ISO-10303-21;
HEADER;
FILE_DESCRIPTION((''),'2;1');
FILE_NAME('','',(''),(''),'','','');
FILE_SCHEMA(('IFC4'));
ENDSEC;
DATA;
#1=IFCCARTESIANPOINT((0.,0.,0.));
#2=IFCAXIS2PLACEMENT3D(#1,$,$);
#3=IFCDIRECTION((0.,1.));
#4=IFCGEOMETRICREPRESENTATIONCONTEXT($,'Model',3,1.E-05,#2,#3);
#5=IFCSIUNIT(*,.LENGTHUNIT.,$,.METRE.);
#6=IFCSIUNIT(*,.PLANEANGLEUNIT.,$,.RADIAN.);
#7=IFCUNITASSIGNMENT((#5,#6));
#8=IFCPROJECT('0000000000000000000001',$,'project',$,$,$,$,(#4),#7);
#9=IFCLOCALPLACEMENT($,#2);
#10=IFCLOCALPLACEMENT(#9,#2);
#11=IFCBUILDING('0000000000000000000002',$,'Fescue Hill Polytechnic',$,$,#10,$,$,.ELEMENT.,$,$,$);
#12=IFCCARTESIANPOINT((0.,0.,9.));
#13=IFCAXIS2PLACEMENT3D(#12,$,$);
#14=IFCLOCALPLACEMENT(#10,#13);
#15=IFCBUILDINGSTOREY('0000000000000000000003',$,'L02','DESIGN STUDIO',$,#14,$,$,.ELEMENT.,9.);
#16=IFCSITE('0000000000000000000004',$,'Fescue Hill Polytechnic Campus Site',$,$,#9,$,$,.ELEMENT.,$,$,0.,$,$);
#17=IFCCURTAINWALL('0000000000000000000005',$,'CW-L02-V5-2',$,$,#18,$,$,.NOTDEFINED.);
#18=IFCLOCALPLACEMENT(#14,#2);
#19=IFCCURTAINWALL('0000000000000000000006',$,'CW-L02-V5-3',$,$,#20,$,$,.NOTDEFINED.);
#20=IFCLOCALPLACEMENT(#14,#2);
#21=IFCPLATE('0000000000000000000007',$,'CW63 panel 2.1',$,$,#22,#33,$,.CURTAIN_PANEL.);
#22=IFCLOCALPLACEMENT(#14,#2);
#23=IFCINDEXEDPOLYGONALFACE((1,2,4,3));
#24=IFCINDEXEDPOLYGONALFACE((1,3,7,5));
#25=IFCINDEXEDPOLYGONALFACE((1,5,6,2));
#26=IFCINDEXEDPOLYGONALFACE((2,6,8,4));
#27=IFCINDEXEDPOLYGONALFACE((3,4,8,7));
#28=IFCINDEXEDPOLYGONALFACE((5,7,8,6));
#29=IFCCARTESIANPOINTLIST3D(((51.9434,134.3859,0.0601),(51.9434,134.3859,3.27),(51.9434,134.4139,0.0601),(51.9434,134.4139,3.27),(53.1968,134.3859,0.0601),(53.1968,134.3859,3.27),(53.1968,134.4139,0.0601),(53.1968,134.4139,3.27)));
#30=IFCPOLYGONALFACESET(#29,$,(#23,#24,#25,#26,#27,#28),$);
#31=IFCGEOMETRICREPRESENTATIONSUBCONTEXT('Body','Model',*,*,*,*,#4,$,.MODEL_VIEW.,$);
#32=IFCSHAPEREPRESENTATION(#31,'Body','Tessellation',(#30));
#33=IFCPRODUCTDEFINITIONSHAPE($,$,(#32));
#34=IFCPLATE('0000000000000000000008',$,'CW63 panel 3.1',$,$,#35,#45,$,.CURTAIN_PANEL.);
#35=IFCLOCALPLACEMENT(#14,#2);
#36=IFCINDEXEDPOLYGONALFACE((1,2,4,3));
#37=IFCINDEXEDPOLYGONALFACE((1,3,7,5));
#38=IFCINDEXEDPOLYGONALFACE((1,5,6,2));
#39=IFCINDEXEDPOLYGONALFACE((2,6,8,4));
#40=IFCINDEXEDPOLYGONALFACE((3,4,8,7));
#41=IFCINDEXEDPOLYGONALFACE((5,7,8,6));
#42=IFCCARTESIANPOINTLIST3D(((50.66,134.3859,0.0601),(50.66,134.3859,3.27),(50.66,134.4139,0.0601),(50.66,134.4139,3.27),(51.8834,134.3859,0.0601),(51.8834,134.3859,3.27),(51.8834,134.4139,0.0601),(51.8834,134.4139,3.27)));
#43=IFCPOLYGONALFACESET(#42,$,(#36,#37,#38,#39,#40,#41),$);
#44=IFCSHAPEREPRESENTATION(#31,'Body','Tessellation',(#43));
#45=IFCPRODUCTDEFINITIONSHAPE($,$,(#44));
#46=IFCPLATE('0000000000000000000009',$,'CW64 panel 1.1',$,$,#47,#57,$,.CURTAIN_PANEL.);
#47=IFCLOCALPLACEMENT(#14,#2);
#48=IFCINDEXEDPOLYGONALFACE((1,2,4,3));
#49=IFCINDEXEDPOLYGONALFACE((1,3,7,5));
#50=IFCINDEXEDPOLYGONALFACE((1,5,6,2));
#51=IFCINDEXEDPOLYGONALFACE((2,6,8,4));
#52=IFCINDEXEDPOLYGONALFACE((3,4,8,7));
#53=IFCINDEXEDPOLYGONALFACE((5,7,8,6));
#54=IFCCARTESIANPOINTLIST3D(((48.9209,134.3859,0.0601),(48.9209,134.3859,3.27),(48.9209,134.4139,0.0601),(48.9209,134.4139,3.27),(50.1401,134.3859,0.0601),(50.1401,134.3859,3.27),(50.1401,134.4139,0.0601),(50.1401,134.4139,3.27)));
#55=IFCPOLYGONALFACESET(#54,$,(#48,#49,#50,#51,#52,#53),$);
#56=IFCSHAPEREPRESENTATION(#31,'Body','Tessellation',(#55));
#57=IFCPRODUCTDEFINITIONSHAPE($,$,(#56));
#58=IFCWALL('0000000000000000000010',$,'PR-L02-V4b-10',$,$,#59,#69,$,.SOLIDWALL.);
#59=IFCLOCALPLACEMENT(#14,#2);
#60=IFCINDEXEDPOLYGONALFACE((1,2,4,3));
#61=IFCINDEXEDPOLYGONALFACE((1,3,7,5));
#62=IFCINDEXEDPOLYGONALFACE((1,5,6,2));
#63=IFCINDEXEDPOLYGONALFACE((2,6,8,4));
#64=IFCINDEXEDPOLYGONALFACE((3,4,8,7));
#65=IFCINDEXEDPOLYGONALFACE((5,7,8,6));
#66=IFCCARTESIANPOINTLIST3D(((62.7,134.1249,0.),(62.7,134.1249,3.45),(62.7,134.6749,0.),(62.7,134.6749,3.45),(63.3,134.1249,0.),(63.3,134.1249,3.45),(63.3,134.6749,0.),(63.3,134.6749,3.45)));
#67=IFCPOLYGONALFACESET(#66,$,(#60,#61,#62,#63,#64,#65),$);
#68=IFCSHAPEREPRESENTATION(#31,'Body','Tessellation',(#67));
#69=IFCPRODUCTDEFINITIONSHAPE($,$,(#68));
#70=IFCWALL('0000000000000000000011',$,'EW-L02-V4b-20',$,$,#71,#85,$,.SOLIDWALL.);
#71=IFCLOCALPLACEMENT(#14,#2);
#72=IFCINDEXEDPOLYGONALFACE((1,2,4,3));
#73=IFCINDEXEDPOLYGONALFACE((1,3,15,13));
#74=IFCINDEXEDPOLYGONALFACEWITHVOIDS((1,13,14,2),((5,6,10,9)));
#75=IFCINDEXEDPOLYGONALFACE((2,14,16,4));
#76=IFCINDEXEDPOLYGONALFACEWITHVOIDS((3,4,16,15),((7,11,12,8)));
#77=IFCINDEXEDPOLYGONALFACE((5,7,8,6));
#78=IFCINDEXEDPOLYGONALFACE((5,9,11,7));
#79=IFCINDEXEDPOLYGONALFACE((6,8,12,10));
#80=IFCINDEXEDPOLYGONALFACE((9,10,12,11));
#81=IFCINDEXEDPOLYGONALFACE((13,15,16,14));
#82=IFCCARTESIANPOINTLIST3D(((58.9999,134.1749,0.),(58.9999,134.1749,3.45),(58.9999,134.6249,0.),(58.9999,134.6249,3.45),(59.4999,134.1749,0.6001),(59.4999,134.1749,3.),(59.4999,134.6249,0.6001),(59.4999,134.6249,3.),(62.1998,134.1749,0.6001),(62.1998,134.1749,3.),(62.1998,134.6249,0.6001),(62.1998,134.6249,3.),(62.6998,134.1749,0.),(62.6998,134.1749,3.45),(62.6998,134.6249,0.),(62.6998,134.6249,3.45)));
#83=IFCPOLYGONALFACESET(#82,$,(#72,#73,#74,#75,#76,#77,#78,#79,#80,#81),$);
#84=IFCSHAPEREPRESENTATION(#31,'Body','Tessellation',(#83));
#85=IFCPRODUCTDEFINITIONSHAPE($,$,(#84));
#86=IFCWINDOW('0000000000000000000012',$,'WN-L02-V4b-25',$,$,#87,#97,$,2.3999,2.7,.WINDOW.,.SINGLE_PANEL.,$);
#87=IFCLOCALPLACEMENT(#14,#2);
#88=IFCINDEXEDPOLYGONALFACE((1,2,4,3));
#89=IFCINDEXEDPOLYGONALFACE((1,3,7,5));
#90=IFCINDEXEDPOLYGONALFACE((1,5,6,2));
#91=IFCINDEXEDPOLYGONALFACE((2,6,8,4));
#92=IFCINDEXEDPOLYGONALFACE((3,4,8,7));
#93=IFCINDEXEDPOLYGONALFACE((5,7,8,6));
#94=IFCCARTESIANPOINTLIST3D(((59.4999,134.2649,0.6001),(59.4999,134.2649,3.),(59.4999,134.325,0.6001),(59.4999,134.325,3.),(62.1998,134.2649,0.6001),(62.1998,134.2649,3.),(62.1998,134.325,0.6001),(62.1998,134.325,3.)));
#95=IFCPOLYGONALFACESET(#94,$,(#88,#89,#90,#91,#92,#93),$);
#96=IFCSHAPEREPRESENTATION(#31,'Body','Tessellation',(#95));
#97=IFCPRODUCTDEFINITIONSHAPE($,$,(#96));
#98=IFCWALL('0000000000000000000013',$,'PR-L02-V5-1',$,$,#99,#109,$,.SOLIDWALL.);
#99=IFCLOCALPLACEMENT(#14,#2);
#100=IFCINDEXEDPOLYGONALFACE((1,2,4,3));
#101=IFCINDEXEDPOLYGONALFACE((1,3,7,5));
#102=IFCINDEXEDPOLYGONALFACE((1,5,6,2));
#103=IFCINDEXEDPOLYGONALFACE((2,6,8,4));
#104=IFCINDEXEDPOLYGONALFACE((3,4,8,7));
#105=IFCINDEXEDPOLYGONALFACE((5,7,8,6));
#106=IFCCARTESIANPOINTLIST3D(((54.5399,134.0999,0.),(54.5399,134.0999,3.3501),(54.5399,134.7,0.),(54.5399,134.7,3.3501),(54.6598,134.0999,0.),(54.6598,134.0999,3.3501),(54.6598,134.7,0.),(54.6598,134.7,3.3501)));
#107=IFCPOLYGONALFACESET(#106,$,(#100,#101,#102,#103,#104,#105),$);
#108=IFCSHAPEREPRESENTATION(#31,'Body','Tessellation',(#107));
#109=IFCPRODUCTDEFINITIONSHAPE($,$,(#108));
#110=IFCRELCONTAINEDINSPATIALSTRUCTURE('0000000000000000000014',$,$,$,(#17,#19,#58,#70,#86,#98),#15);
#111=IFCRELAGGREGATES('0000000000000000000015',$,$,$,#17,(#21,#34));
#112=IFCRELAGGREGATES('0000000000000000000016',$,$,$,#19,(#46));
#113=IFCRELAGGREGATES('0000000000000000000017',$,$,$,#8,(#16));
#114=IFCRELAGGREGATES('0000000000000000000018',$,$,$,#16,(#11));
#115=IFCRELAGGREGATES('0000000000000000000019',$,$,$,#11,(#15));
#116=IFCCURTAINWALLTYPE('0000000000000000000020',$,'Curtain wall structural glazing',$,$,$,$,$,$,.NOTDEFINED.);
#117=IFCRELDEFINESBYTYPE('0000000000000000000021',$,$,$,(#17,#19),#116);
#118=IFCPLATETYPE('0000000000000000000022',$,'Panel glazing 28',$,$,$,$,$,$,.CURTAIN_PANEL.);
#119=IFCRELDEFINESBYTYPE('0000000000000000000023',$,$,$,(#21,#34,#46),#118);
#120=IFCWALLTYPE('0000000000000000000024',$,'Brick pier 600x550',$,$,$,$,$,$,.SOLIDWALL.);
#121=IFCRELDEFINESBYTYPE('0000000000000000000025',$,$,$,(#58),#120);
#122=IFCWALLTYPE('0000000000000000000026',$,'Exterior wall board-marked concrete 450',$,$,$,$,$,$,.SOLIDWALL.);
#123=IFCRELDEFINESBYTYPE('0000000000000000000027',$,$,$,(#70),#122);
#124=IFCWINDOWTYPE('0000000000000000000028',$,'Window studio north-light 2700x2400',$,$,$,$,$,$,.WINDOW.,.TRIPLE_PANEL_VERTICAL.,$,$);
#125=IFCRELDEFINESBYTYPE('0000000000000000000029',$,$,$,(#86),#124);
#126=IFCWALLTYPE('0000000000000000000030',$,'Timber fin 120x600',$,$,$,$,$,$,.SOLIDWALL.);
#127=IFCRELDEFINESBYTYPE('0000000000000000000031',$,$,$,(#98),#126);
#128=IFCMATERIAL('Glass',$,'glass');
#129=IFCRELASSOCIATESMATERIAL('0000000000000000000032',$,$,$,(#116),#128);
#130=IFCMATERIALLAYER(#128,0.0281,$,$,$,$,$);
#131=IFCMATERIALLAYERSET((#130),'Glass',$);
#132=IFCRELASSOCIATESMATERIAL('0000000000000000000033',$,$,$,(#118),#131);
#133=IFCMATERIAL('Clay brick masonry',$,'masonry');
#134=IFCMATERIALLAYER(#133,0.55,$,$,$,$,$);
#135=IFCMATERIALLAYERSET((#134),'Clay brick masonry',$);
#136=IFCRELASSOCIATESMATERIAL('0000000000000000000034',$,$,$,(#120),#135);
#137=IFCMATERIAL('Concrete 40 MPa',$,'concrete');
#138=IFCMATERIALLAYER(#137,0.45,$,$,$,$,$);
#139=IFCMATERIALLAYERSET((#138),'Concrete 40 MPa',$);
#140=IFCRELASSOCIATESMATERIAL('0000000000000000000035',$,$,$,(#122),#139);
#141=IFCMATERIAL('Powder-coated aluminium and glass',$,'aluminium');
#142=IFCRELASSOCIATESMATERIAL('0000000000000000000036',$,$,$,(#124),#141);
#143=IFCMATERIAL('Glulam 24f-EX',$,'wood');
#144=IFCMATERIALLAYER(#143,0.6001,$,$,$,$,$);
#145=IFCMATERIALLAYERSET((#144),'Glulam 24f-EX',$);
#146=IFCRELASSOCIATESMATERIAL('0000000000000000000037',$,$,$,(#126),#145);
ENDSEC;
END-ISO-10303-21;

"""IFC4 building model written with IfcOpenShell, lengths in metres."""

from ifc_helpers import new_model, si_unit, direction, frame, frame_2d, origin, origin_2d, place, context, subcontext, project, spatial, rectangle, extrude, material, layer, layer_set, type_object, element, fill, aggregate, save


model = new_model("IFC4")

# Units and contexts
model_context = context("Model", 3, precision=1e-05, world=origin(), true_north=direction((0.0, 1.0)))
body_context = subcontext(model_context, "Body", "Model", "MODEL_VIEW")
ifc_project = project(units=[si_unit("LENGTHUNIT", "METRE"), si_unit("PLANEANGLEUNIT", "RADIAN")], contexts=[model_context])

# Site, building, storey
site_placement = place(None, origin())
site = spatial("IfcSite", under=ifc_project, at=site_placement, Name="Fescue Hill Polytechnic Campus Site", CompositionType="ELEMENT", RefElevation=0.0)
building_placement = place(site_placement, origin())
building = spatial("IfcBuilding", under=site, at=building_placement, Name="Fescue Hill Polytechnic", CompositionType="ELEMENT")
storey_placement = place(building_placement, frame((0.0, 0.0, 9.0)))
storey = spatial("IfcBuildingStorey", under=building, at=storey_placement, Name="L02", Description="DESIGN STUDIO", CompositionType="ELEMENT", Elevation=9.0)

# Shared definitions
ifc_material_1 = material(Name="Concrete 40 MPa", Category="concrete")

# Curtain walls
ifc_material_2 = material(Name="Glass", Category="glass")
curtain_wall_type = type_object("IfcCurtainWallType", Name="Curtain wall structural glazing", PredefinedType="NOTDEFINED", material=ifc_material_2)
curtain_wall_1_placement = place(storey_placement, origin())
curtain_wall_1 = element("IfcCurtainWall", 1, at=curtain_wall_1_placement, inside=storey, type_object=curtain_wall_type, Name="CW-L02-V5-2", PredefinedType="NOTDEFINED")
curtain_wall_2_placement = place(storey_placement, origin())
curtain_wall_2 = element("IfcCurtainWall", 2, at=curtain_wall_2_placement, inside=storey, type_object=curtain_wall_type, Name="CW-L02-V5-3", PredefinedType="NOTDEFINED")

# Plates
ifc_layer_1 = layer(ifc_material_2, 0.0281)
ifc_layer_set_1 = layer_set([ifc_layer_1], Name="Glass")
plate_type = type_object("IfcPlateType", Name="Panel glazing 28", PredefinedType="CURTAIN_PANEL", material=ifc_layer_set_1)
plate_1_placement = place(storey_placement, frame((52.5701, 134.3999, 0.0601), z_axis=(0.0, 0.0, 1.0), x_axis=(-1.0, 0.0, 0.0)))
plate_1 = element("IfcPlate", 3, at=plate_1_placement, type_object=plate_type, Name="CW63 panel 2.1", PredefinedType="CURTAIN_PANEL", context=body_context, shape_type="SweptSolid", body=[
    extrude(rectangle(XDim=1.2534, YDim=0.0281, at=origin_2d()), origin(), (0.0, 0.0, 1.0), 3.21),
])
plate_2_placement = place(storey_placement, frame((51.2717, 134.3999, 0.0601), z_axis=(0.0, 0.0, 1.0), x_axis=(-1.0, 0.0, 0.0)))
plate_2 = element("IfcPlate", 4, at=plate_2_placement, type_object=plate_type, Name="CW63 panel 3.1", PredefinedType="CURTAIN_PANEL", context=body_context, shape_type="SweptSolid", body=[
    extrude(rectangle(XDim=1.2234, YDim=0.0281, at=origin_2d()), origin(), (0.0, 0.0, 1.0), 3.21),
])
aggregate(curtain_wall_1, [plate_1, plate_2])
plate_3_placement = place(storey_placement, frame((49.5305, 134.3999, 0.0601), z_axis=(0.0, 0.0, 1.0), x_axis=(-1.0, 0.0, 0.0)))
plate_3 = element("IfcPlate", 5, at=plate_3_placement, type_object=plate_type, Name="CW64 panel 1.1", PredefinedType="CURTAIN_PANEL", context=body_context, shape_type="SweptSolid", body=[
    extrude(rectangle(XDim=1.2192, YDim=0.0281, at=origin_2d()), origin(), (0.0, 0.0, 1.0), 3.21),
])
aggregate(curtain_wall_2, [plate_3])

# Wall
ifc_material_3 = material(Name="Clay brick masonry", Category="masonry")
ifc_layer_2 = layer(ifc_material_3, 0.55)
ifc_layer_set_2 = layer_set([ifc_layer_2], Name="Clay brick masonry")
wall_type_1 = type_object("IfcWallType", Name="Brick pier 600x550", PredefinedType="SOLIDWALL", material=ifc_layer_set_2)
wall_1_placement = place(storey_placement, frame((63.3, 134.3999, 0.0), z_axis=(0.0, 0.0, 1.0), x_axis=(-1.0, 0.0, 0.0)))
element("IfcWall", 6, at=wall_1_placement, inside=storey, type_object=wall_type_1, Name="PR-L02-V4b-10", PredefinedType="SOLIDWALL", context=body_context, shape_type="SweptSolid", body=[
    extrude(rectangle(XDim=0.6001, YDim=0.55, at=frame_2d((0.3, 0.0))), origin(), (0.0, 0.0, 1.0), 3.45),
])

# Wall, opening, window
ifc_layer_3 = layer(ifc_material_1, 0.45)
ifc_layer_set_3 = layer_set([ifc_layer_3], Name="Concrete 40 MPa")
wall_type_2 = type_object("IfcWallType", Name="Exterior wall board-marked concrete 450", PredefinedType="SOLIDWALL", material=ifc_layer_set_3)
wall_2_placement = place(storey_placement, frame((62.7, 134.3999, 0.0), z_axis=(0.0, 0.0, 1.0), x_axis=(-1.0, 0.0, 0.0)))
wall_2 = element("IfcWall", 7, at=wall_2_placement, inside=storey, type_object=wall_type_2, Name="EW-L02-V4b-20", PredefinedType="SOLIDWALL", context=body_context, shape_type="SweptSolid", body=[
    extrude(rectangle(XDim=3.7, YDim=0.45, at=frame_2d((1.8501, 0.0))), origin(), (0.0, 0.0, 1.0), 3.45),
])
opening_placement = place(wall_2_placement, frame((0.5, 0.0, 0.6001)))
opening = element("IfcOpeningElement", 8, at=opening_placement, cuts=wall_2, PredefinedType="OPENING", context=body_context, shape_type="SweptSolid", body=[
    extrude(rectangle(XDim=2.7, YDim=2.3999, at=frame_2d((1.3501, 1.2))), frame((0.0, 0.2349, 0.0), z_axis=(0.0, -1.0, 0.0), x_axis=(1.0, 0.0, 0.0)), (0.0, 0.0, 1.0), 0.47),
])
ifc_material_4 = material(Name="Powder-coated aluminium and glass", Category="aluminium")
window_type = type_object("IfcWindowType", Name="Window studio north-light 2700x2400", PartitioningType="TRIPLE_PANEL_VERTICAL", PredefinedType="WINDOW", material=ifc_material_4)
window_placement = place(opening_placement, origin())
window = element("IfcWindow", 9, at=window_placement, inside=storey, type_object=window_type, Name="WN-L02-V4b-25", OverallHeight=2.3999, OverallWidth=2.7, PartitioningType="SINGLE_PANEL", PredefinedType="WINDOW", context=body_context, shape_type="SweptSolid", body=[
    extrude(rectangle(XDim=2.7, YDim=2.3999, at=frame_2d((1.3501, 1.2))), frame((0.0, 0.135, 0.0), z_axis=(0.0, -1.0, 0.0), x_axis=(1.0, 0.0, 0.0)), (0.0, 0.0, 1.0), 0.0601),
])
fill(opening, window)

# Wall
ifc_material_5 = material(Name="Glulam 24f-EX", Category="wood")
ifc_layer_4 = layer(ifc_material_5, 0.6001)
ifc_layer_set_4 = layer_set([ifc_layer_4], Name="Glulam 24f-EX")
wall_type_3 = type_object("IfcWallType", Name="Timber fin 120x600", PredefinedType="SOLIDWALL", material=ifc_layer_set_4)
wall_3_placement = place(storey_placement, frame((54.6599, 134.3999, 0.0), z_axis=(0.0, 0.0, 1.0), x_axis=(-1.0, 0.0, 0.0)))
element("IfcWall", 10, at=wall_3_placement, inside=storey, type_object=wall_type_3, Name="PR-L02-V5-1", PredefinedType="SOLIDWALL", context=body_context, shape_type="SweptSolid", body=[
    extrude(rectangle(XDim=0.1199, YDim=0.6001, at=frame_2d((0.0601, 0.0))), origin(), (0.0, 0.0, 1.0), 3.3501),
])

save(model, "model.ifc")
